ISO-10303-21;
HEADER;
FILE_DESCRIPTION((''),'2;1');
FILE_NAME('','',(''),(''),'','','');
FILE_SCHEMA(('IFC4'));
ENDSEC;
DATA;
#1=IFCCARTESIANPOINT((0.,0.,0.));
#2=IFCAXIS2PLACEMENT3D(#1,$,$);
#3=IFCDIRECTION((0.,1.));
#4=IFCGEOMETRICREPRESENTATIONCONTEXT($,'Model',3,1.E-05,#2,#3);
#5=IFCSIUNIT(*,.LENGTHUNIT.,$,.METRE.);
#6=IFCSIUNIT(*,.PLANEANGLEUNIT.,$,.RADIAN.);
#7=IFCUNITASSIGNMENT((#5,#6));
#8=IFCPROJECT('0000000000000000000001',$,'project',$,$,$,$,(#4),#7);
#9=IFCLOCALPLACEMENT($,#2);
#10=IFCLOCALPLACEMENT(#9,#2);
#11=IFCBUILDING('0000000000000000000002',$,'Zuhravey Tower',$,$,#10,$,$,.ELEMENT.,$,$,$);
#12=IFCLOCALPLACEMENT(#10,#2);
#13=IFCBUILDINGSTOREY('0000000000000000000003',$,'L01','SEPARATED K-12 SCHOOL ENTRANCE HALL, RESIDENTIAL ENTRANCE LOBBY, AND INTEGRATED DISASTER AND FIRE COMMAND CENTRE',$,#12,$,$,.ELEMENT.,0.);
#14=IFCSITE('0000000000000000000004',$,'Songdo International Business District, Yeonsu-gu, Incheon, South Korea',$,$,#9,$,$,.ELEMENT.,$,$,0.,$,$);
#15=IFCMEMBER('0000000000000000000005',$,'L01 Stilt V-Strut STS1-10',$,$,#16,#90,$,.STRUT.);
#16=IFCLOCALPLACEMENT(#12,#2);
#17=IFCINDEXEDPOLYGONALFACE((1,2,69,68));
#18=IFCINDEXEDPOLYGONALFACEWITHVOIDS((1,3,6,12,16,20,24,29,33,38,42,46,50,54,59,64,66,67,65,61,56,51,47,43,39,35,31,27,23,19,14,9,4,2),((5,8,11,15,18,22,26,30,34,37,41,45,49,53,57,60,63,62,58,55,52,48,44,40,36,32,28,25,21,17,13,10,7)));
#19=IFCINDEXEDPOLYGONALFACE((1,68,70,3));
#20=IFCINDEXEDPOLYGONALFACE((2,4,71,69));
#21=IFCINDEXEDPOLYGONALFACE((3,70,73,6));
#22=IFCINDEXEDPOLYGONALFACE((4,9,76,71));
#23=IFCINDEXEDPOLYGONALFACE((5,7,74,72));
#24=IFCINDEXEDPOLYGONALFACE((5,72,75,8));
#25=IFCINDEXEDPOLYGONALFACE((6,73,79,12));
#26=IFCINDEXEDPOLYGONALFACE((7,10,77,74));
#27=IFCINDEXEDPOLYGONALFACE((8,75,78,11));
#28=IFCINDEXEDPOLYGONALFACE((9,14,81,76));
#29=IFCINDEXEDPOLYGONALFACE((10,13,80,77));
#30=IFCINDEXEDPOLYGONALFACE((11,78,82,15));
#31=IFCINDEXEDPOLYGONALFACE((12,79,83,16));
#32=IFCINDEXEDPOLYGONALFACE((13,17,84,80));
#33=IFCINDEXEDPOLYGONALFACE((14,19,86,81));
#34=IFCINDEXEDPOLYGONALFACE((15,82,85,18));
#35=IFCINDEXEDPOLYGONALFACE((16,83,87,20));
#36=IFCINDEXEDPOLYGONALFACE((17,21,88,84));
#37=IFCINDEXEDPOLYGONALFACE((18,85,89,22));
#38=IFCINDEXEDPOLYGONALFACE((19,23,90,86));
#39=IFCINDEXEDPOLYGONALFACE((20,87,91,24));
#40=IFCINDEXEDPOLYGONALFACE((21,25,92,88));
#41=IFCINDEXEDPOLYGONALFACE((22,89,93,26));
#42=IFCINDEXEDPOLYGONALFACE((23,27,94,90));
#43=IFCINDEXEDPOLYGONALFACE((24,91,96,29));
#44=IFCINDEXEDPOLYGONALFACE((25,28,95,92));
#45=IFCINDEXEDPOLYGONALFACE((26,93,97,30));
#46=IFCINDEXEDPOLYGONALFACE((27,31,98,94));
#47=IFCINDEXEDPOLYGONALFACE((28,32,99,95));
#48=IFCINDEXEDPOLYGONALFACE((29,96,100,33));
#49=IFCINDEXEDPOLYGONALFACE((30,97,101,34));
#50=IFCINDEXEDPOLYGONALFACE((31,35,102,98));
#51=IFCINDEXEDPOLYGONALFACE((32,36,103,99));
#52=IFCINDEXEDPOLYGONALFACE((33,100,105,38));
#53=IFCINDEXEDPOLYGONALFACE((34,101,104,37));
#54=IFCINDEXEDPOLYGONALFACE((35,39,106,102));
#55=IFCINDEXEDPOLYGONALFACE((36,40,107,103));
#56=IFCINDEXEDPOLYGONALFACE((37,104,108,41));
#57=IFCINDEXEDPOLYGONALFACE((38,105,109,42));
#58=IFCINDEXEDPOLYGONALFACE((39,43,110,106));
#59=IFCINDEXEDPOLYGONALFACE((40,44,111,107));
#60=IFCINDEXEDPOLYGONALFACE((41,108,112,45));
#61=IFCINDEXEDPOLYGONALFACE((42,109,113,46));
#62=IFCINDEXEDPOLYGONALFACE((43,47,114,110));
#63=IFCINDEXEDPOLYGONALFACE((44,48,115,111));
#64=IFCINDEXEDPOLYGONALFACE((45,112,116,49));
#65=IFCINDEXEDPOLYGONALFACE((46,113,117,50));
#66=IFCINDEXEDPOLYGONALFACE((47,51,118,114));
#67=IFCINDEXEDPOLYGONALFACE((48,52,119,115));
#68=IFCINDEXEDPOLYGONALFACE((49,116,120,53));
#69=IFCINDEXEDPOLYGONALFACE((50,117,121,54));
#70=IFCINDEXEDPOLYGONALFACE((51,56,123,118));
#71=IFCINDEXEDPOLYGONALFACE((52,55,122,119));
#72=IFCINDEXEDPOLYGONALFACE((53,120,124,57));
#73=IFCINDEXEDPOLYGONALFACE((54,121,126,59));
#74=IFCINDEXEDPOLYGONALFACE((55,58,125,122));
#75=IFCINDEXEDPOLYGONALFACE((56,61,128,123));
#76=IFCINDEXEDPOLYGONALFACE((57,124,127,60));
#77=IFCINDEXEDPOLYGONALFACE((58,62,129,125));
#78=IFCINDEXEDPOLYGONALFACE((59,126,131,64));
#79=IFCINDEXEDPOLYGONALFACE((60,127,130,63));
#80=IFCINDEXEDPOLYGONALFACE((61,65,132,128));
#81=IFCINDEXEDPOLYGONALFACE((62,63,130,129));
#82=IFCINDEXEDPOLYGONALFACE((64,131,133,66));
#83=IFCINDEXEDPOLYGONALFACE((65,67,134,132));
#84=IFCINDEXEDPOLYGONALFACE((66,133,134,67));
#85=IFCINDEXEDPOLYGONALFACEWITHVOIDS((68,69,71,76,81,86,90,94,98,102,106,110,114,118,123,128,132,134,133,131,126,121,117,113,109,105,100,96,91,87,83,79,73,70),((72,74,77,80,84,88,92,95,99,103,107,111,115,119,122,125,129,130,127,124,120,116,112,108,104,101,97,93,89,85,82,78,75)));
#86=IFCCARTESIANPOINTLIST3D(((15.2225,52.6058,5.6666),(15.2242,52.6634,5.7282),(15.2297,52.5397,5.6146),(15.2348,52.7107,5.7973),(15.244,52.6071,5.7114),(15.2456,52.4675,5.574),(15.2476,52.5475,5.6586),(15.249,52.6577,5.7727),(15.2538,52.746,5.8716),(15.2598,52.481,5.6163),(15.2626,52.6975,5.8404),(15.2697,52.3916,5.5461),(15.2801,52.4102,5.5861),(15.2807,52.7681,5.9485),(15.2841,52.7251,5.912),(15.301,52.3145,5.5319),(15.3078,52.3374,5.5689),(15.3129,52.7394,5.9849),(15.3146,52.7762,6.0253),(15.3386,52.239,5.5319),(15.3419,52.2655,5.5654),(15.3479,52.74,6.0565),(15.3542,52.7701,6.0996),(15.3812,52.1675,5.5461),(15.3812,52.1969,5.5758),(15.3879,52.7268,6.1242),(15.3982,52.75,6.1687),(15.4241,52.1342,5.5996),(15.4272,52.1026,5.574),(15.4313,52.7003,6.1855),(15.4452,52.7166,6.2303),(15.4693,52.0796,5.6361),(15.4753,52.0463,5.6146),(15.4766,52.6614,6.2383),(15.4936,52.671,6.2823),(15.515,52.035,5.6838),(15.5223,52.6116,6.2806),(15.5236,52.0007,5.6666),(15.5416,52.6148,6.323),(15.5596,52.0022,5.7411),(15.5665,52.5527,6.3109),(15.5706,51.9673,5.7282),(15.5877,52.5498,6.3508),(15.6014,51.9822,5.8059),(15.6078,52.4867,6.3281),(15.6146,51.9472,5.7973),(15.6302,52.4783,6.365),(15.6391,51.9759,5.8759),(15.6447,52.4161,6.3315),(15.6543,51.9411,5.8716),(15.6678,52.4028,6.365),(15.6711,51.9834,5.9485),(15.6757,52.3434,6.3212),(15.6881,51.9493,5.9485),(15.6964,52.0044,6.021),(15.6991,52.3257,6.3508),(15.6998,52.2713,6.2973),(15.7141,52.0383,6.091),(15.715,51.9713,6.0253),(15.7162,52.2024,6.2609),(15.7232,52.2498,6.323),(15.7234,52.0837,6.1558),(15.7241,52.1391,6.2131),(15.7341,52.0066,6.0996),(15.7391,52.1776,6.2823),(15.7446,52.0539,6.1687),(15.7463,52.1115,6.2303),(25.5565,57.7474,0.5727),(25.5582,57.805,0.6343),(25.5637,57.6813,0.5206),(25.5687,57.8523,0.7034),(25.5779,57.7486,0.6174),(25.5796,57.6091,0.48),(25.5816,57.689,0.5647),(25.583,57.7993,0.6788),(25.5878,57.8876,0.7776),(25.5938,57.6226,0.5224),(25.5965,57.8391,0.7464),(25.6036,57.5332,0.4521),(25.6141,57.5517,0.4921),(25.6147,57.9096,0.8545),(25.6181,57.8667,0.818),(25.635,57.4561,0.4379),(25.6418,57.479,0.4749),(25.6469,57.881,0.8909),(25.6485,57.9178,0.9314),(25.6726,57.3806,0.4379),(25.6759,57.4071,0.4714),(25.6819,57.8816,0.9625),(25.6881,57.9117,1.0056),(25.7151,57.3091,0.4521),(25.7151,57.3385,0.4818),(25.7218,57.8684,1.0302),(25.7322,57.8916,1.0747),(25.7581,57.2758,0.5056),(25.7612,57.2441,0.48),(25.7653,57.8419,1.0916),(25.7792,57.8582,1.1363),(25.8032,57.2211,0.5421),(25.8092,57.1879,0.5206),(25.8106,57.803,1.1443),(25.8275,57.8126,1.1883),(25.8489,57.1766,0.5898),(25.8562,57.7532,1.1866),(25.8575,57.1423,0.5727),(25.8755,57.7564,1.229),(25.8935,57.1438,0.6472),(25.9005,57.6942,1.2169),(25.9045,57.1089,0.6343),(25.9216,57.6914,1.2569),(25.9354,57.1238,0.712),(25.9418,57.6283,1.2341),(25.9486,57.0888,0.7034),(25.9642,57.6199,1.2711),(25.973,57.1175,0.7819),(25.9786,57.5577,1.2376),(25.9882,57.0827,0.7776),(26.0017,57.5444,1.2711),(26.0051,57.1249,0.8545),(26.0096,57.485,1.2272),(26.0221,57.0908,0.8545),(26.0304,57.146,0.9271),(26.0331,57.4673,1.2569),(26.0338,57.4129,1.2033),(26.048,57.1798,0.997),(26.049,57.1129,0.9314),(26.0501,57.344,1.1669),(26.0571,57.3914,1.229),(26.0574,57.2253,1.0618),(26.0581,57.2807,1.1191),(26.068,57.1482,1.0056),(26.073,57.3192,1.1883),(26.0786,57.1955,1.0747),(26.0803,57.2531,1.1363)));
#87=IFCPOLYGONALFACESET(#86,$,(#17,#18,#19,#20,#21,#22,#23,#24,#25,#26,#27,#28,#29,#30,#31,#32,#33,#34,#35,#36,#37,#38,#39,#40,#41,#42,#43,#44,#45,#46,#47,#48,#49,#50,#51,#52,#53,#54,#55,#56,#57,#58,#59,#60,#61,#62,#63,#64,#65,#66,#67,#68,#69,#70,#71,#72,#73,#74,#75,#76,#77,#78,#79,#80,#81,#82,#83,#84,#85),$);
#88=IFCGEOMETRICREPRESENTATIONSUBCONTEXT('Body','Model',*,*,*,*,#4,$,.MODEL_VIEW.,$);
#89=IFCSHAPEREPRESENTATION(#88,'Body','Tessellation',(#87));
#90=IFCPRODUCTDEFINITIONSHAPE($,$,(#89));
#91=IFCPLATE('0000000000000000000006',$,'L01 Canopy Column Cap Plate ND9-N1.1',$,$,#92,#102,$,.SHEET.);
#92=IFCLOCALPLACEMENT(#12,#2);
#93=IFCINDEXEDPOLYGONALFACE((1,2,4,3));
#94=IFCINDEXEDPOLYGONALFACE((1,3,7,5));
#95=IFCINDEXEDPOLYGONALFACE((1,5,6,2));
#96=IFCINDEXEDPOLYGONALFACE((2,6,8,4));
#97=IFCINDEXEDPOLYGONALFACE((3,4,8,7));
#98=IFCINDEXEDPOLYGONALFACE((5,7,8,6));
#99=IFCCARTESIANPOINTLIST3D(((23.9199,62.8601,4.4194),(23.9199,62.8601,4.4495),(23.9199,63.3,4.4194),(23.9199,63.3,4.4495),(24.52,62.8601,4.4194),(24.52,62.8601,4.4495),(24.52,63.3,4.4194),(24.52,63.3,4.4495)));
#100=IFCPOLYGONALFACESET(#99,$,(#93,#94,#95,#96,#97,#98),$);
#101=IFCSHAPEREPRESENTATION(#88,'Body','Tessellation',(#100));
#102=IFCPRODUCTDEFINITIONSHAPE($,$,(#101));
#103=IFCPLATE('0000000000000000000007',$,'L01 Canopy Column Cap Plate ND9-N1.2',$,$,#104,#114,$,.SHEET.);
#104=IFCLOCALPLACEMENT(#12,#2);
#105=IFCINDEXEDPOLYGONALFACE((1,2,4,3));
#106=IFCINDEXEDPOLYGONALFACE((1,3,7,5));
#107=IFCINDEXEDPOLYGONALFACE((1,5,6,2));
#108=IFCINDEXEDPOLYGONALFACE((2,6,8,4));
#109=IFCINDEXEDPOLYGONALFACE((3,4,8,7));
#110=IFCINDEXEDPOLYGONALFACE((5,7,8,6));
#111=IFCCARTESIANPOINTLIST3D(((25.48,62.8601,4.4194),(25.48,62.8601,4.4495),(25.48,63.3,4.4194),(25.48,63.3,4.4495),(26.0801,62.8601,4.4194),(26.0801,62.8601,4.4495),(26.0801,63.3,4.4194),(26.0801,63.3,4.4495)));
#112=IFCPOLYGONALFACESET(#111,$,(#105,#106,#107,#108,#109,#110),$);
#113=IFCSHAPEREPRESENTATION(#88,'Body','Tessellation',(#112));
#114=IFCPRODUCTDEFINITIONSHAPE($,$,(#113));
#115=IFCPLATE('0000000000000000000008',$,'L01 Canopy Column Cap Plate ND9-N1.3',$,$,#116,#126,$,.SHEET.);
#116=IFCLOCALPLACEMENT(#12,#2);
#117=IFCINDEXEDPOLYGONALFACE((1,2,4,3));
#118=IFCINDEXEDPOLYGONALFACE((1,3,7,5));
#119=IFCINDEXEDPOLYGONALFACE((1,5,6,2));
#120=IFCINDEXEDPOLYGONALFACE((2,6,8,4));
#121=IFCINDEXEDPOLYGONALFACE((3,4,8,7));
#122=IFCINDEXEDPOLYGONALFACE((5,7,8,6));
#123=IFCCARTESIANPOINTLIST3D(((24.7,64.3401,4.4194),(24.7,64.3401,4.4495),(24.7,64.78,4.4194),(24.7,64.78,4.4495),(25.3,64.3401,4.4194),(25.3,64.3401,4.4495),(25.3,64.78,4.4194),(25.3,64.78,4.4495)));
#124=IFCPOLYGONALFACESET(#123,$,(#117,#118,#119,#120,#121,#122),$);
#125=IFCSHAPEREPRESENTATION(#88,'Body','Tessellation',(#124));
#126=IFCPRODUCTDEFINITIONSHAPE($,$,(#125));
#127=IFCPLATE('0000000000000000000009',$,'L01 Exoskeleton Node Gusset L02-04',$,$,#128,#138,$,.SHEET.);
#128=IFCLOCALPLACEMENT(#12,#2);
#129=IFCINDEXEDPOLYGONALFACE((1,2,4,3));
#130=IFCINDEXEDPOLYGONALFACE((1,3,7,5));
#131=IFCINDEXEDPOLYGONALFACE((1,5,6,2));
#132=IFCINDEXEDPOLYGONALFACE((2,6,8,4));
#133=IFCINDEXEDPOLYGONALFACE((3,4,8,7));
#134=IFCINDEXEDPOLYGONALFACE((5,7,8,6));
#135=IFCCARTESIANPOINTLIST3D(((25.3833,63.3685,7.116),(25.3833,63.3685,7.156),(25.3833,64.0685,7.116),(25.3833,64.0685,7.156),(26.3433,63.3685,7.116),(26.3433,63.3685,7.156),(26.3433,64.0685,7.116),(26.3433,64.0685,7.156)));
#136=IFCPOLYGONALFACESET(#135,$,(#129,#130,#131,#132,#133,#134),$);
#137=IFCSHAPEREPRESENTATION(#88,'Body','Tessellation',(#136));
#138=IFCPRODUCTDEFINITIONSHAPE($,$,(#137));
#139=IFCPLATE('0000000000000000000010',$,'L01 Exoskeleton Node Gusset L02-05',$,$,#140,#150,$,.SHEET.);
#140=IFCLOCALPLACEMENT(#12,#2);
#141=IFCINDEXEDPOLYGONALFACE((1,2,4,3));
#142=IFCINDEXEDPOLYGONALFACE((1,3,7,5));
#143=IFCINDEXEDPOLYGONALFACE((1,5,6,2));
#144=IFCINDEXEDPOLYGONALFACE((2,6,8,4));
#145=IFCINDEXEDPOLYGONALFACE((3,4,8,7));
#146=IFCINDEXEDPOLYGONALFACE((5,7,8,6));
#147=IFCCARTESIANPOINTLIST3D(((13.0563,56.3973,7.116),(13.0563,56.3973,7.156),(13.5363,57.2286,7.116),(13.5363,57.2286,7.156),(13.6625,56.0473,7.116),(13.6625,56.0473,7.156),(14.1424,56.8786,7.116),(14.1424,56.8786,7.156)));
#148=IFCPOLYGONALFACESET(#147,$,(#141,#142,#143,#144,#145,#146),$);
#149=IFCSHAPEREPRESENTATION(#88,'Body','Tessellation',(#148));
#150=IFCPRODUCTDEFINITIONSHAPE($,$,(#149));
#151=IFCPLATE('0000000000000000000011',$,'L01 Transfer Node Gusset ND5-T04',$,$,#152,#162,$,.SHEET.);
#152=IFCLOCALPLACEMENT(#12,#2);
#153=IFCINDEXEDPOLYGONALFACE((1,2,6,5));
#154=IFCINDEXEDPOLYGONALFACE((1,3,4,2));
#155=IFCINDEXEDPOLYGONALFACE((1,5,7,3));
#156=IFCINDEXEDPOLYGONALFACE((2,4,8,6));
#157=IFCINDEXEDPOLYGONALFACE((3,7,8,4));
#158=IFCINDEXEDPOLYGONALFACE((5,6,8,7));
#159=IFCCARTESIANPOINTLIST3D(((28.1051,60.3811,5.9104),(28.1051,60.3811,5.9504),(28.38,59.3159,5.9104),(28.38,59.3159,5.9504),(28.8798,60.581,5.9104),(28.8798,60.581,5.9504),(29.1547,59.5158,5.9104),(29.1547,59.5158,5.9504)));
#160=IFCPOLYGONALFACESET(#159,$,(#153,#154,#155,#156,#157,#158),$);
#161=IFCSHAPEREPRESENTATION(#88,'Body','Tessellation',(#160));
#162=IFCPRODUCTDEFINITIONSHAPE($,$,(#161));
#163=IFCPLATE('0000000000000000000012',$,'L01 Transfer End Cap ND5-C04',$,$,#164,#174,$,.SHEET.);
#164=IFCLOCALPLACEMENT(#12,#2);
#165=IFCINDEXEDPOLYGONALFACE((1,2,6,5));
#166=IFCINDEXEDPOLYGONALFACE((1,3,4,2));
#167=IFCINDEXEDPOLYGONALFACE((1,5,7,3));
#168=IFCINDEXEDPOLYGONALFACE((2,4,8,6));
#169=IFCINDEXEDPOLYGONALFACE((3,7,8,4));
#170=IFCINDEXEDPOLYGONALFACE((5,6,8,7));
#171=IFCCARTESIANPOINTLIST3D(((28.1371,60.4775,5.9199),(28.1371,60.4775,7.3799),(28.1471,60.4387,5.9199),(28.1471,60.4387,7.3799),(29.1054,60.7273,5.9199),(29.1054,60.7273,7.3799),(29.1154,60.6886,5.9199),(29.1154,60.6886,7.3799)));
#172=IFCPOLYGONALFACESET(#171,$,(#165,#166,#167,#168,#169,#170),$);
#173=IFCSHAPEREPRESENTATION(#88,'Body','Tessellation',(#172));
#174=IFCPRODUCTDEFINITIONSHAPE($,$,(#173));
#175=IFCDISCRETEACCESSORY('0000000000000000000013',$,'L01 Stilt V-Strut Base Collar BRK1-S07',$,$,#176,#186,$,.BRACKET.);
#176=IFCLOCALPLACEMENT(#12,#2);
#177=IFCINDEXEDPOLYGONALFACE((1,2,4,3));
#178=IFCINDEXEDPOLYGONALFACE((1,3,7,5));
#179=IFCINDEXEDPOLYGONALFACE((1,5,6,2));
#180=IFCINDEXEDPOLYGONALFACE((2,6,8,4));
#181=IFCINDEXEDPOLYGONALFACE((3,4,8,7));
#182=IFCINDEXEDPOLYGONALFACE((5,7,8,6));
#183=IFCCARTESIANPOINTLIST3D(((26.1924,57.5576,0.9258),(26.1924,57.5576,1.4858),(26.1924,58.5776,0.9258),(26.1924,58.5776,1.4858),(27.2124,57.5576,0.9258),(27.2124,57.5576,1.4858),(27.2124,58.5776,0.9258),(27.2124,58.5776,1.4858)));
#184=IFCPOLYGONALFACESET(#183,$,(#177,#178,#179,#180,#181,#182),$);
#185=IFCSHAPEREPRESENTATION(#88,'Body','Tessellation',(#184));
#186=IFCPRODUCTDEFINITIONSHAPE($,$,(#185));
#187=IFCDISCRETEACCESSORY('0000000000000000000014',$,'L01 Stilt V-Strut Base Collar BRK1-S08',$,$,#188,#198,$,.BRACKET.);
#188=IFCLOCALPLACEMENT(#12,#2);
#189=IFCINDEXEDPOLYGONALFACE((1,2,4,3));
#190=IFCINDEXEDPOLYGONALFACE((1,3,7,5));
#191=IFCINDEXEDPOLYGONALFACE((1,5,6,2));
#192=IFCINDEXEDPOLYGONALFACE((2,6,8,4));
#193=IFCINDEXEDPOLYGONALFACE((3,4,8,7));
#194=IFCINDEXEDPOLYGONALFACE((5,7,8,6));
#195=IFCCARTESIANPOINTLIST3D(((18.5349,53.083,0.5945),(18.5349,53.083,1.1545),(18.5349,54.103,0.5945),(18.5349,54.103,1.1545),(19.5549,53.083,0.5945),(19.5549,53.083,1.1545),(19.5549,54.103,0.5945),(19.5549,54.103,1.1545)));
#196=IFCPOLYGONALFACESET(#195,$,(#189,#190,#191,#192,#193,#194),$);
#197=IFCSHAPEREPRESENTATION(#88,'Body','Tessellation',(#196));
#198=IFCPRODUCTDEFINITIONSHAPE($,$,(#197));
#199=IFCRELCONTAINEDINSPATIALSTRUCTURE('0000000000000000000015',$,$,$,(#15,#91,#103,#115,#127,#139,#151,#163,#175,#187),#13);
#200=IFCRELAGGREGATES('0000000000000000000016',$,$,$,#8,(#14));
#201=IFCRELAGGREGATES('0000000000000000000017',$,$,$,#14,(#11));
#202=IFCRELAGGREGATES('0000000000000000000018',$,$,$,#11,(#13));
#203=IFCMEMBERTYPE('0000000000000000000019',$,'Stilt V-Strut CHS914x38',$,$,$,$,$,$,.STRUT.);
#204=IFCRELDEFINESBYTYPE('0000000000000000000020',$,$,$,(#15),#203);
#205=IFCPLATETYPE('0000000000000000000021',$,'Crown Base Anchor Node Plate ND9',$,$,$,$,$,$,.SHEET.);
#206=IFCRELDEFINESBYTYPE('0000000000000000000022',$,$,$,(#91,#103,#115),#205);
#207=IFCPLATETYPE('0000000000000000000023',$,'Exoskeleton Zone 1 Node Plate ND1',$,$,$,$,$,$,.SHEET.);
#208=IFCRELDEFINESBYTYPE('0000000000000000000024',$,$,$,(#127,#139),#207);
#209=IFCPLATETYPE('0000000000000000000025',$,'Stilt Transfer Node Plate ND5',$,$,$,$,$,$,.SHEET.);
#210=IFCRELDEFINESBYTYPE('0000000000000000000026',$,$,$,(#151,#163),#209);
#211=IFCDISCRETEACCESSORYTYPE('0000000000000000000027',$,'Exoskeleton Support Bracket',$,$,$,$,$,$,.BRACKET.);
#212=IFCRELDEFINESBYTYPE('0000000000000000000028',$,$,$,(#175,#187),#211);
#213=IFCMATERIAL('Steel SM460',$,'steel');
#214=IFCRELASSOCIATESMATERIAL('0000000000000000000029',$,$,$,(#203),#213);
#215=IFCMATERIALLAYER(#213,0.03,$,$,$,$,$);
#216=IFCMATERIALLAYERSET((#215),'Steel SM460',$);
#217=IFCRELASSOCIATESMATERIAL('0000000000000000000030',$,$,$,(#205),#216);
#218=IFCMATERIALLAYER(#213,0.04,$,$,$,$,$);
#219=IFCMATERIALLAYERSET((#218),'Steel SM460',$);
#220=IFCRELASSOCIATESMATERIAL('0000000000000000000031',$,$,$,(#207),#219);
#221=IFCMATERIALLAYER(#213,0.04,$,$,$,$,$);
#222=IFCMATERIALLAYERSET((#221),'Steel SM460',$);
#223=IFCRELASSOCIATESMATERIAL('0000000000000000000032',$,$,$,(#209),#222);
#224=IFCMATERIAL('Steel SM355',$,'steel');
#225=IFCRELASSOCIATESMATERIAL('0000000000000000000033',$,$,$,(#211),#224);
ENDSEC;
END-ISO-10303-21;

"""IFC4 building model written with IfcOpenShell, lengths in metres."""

from ifc_helpers import new_model, si_unit, direction, frame, origin, origin_2d, place, context, subcontext, project, spatial, rectangle, hollow_circle, extrude, material, layer, layer_set, material_profile, profile_set, type_object, element, save


model = new_model("IFC4")

# Units and contexts
model_context = context("Model", 3, precision=1e-05, world=origin(), true_north=direction((0.0, 1.0)))
body_context = subcontext(model_context, "Body", "Model", "MODEL_VIEW")
ifc_project = project(units=[si_unit("LENGTHUNIT", "METRE"), si_unit("PLANEANGLEUNIT", "RADIAN")], contexts=[model_context])

# Site, building, storey
site_placement = place(None, origin())
site = spatial("IfcSite", under=ifc_project, at=site_placement, Name="Songdo International Business District, Yeonsu-gu, Incheon, South Korea", CompositionType="ELEMENT", RefElevation=0.0)
building_placement = place(site_placement, origin())
building = spatial("IfcBuilding", under=site, at=building_placement, Name="Zuhravey Tower", CompositionType="ELEMENT")
storey_placement = place(building_placement, origin())
storey = spatial("IfcBuildingStorey", under=building, at=storey_placement, Name="L01", Description="SEPARATED K-12 SCHOOL ENTRANCE HALL, RESIDENTIAL ENTRANCE LOBBY, AND INTEGRATED DISASTER AND FIRE COMMAND CENTRE", CompositionType="ELEMENT", Elevation=0.0)

# Shared definitions
ifc_material_1 = material(Name="Steel SM355", Category="steel")

# Shared definitions
ifc_material_2 = material(Name="Steel SM460", Category="steel")

# Member
ifc_material_profile_1 = material_profile(ifc_material_2, hollow_circle(Radius=0.4573, WallThickness=0.0381, at=origin_2d()), Name="CHS-914.4x38")
ifc_profile_set_1 = profile_set([ifc_material_profile_1], Name="Steel SM460")
member_type = type_object("IfcMemberType", Name="Stilt V-Strut CHS914x38", PredefinedType="STRUT", material=ifc_profile_set_1)
member_1_placement = place(storey_placement, frame((25.8184, 57.5002, 0.8545), z_axis=(-0.819085, -0.40753, 0.403757), x_axis=(0.445453, -0.895305, 0.0)))
element("IfcMember", 1, at=member_1_placement, inside=storey, type_object=member_type, Name="L01 Stilt V-Strut STS1-10", PredefinedType="STRUT", context=body_context, shape_type="SweptSolid", body=[
    extrude(hollow_circle(Radius=0.4573, WallThickness=0.0381, at=origin_2d()), origin(), (0.0, 0.0, 1.0), 12.6165),
])

# Plates
ifc_layer_1 = layer(ifc_material_2, 0.03)
ifc_layer_set_1 = layer_set([ifc_layer_1], Name="Steel SM460")
plate_type_1 = type_object("IfcPlateType", Name="Crown Base Anchor Node Plate ND9", PredefinedType="SHEET", material=ifc_layer_set_1)
for number, where, z_axis, x_axis, name in (
    (2, (24.22, 63.0801, 4.4194), (0.0, 0.0, 1.0), (1.0, 0.0, 0.0), "L01 Canopy Column Cap Plate ND9-N1.1"),
    (3, (25.78, 63.0801, 4.4194), (0.0, 0.0, 1.0), (1.0, 0.0, 0.0), "L01 Canopy Column Cap Plate ND9-N1.2"),
    (4, (25.0, 64.5601, 4.4194), (0.0, 0.0, 1.0), (1.0, 0.0, 0.0), "L01 Canopy Column Cap Plate ND9-N1.3"),
):
    element("IfcPlate", number, at=place(storey_placement, frame(where, z_axis=z_axis, x_axis=x_axis)), inside=storey, type_object=plate_type_1, Name=name, PredefinedType="SHEET", context=body_context, shape_type="SweptSolid", body=[
        extrude(rectangle(XDim=0.6001, YDim=0.4399, at=origin_2d()), origin(), (0.0, 0.0, 1.0), 0.03),
    ])
ifc_layer_2 = layer(ifc_material_2, 0.04)
ifc_layer_set_2 = layer_set([ifc_layer_2], Name="Steel SM460")
plate_type_2 = type_object("IfcPlateType", Name="Exoskeleton Zone 1 Node Plate ND1", PredefinedType="SHEET", material=ifc_layer_set_2)
for number, where, z_axis, x_axis, name in (
    (5, (25.8633, 63.7185, 7.116), (0.0, 0.0, 1.0), (-1.0, 0.0, 0.0), "L01 Exoskeleton Node Gusset L02-04"),
    (6, (13.5994, 56.6379, 7.116), (0.0, 0.0, 1.0), (-0.5, -0.866025, 0.0), "L01 Exoskeleton Node Gusset L02-05"),
):
    element("IfcPlate", number, at=place(storey_placement, frame(where, z_axis=z_axis, x_axis=x_axis)), inside=storey, type_object=plate_type_2, Name=name, PredefinedType="SHEET", context=body_context, shape_type="SweptSolid", body=[
        extrude(rectangle(XDim=0.96, YDim=0.7, at=origin_2d()), origin(), (0.0, 0.0, 1.0), 0.04),
    ])
ifc_layer_3 = layer(ifc_material_2, 0.04)
ifc_layer_set_3 = layer_set([ifc_layer_3], Name="Steel SM460")
plate_type_3 = type_object("IfcPlateType", Name="Stilt Transfer Node Plate ND5", PredefinedType="SHEET", material=ifc_layer_set_3)
plate_1_placement = place(storey_placement, frame((28.6299, 59.9485, 5.9104), z_axis=(0.0, 0.0, 1.0), x_axis=(-0.249873, 0.968279, 0.0)))
element("IfcPlate", 7, at=plate_1_placement, inside=storey, type_object=plate_type_3, Name="L01 Transfer Node Gusset ND5-T04", PredefinedType="SHEET", context=body_context, shape_type="SweptSolid", body=[
    extrude(rectangle(XDim=1.1001, YDim=0.8, at=origin_2d()), origin(), (0.0, 0.0, 1.0), 0.04),
])
plate_2_placement = place(storey_placement, frame((28.6262, 60.583, 5.9199), z_axis=(0.0, 0.0, 1.0), x_axis=(-0.249873, 0.968279, 0.0)))
element("IfcPlate", 8, at=plate_2_placement, inside=storey, type_object=plate_type_3, Name="L01 Transfer End Cap ND5-C04", PredefinedType="SHEET", context=body_context, shape_type="SweptSolid", body=[
    extrude(rectangle(XDim=0.04, YDim=1.0, at=origin_2d()), origin(), (0.0, 0.0, 1.0), 1.46),
])

# Discrete accessories
discrete_accessory_type = type_object("IfcDiscreteAccessoryType", Name="Exoskeleton Support Bracket", PredefinedType="BRACKET", material=ifc_material_1)
for number, where, z_axis, x_axis, name in (
    (9, (26.7024, 58.0676, 0.9258), (0.0, 0.0, 1.0), (1.0, 0.0, 0.0), "L01 Stilt V-Strut Base Collar BRK1-S07"),
    (10, (19.0449, 53.593, 0.5945), (0.0, 0.0, 1.0), (1.0, 0.0, 0.0), "L01 Stilt V-Strut Base Collar BRK1-S08"),
):
    element("IfcDiscreteAccessory", number, at=place(storey_placement, frame(where, z_axis=z_axis, x_axis=x_axis)), inside=storey, type_object=discrete_accessory_type, Name=name, PredefinedType="BRACKET", context=body_context, shape_type="SweptSolid", body=[
        extrude(rectangle(XDim=1.02, YDim=1.02, at=origin_2d()), origin(), (0.0, 0.0, 1.0), 0.5601),
    ])

save(model, "model.ifc")
